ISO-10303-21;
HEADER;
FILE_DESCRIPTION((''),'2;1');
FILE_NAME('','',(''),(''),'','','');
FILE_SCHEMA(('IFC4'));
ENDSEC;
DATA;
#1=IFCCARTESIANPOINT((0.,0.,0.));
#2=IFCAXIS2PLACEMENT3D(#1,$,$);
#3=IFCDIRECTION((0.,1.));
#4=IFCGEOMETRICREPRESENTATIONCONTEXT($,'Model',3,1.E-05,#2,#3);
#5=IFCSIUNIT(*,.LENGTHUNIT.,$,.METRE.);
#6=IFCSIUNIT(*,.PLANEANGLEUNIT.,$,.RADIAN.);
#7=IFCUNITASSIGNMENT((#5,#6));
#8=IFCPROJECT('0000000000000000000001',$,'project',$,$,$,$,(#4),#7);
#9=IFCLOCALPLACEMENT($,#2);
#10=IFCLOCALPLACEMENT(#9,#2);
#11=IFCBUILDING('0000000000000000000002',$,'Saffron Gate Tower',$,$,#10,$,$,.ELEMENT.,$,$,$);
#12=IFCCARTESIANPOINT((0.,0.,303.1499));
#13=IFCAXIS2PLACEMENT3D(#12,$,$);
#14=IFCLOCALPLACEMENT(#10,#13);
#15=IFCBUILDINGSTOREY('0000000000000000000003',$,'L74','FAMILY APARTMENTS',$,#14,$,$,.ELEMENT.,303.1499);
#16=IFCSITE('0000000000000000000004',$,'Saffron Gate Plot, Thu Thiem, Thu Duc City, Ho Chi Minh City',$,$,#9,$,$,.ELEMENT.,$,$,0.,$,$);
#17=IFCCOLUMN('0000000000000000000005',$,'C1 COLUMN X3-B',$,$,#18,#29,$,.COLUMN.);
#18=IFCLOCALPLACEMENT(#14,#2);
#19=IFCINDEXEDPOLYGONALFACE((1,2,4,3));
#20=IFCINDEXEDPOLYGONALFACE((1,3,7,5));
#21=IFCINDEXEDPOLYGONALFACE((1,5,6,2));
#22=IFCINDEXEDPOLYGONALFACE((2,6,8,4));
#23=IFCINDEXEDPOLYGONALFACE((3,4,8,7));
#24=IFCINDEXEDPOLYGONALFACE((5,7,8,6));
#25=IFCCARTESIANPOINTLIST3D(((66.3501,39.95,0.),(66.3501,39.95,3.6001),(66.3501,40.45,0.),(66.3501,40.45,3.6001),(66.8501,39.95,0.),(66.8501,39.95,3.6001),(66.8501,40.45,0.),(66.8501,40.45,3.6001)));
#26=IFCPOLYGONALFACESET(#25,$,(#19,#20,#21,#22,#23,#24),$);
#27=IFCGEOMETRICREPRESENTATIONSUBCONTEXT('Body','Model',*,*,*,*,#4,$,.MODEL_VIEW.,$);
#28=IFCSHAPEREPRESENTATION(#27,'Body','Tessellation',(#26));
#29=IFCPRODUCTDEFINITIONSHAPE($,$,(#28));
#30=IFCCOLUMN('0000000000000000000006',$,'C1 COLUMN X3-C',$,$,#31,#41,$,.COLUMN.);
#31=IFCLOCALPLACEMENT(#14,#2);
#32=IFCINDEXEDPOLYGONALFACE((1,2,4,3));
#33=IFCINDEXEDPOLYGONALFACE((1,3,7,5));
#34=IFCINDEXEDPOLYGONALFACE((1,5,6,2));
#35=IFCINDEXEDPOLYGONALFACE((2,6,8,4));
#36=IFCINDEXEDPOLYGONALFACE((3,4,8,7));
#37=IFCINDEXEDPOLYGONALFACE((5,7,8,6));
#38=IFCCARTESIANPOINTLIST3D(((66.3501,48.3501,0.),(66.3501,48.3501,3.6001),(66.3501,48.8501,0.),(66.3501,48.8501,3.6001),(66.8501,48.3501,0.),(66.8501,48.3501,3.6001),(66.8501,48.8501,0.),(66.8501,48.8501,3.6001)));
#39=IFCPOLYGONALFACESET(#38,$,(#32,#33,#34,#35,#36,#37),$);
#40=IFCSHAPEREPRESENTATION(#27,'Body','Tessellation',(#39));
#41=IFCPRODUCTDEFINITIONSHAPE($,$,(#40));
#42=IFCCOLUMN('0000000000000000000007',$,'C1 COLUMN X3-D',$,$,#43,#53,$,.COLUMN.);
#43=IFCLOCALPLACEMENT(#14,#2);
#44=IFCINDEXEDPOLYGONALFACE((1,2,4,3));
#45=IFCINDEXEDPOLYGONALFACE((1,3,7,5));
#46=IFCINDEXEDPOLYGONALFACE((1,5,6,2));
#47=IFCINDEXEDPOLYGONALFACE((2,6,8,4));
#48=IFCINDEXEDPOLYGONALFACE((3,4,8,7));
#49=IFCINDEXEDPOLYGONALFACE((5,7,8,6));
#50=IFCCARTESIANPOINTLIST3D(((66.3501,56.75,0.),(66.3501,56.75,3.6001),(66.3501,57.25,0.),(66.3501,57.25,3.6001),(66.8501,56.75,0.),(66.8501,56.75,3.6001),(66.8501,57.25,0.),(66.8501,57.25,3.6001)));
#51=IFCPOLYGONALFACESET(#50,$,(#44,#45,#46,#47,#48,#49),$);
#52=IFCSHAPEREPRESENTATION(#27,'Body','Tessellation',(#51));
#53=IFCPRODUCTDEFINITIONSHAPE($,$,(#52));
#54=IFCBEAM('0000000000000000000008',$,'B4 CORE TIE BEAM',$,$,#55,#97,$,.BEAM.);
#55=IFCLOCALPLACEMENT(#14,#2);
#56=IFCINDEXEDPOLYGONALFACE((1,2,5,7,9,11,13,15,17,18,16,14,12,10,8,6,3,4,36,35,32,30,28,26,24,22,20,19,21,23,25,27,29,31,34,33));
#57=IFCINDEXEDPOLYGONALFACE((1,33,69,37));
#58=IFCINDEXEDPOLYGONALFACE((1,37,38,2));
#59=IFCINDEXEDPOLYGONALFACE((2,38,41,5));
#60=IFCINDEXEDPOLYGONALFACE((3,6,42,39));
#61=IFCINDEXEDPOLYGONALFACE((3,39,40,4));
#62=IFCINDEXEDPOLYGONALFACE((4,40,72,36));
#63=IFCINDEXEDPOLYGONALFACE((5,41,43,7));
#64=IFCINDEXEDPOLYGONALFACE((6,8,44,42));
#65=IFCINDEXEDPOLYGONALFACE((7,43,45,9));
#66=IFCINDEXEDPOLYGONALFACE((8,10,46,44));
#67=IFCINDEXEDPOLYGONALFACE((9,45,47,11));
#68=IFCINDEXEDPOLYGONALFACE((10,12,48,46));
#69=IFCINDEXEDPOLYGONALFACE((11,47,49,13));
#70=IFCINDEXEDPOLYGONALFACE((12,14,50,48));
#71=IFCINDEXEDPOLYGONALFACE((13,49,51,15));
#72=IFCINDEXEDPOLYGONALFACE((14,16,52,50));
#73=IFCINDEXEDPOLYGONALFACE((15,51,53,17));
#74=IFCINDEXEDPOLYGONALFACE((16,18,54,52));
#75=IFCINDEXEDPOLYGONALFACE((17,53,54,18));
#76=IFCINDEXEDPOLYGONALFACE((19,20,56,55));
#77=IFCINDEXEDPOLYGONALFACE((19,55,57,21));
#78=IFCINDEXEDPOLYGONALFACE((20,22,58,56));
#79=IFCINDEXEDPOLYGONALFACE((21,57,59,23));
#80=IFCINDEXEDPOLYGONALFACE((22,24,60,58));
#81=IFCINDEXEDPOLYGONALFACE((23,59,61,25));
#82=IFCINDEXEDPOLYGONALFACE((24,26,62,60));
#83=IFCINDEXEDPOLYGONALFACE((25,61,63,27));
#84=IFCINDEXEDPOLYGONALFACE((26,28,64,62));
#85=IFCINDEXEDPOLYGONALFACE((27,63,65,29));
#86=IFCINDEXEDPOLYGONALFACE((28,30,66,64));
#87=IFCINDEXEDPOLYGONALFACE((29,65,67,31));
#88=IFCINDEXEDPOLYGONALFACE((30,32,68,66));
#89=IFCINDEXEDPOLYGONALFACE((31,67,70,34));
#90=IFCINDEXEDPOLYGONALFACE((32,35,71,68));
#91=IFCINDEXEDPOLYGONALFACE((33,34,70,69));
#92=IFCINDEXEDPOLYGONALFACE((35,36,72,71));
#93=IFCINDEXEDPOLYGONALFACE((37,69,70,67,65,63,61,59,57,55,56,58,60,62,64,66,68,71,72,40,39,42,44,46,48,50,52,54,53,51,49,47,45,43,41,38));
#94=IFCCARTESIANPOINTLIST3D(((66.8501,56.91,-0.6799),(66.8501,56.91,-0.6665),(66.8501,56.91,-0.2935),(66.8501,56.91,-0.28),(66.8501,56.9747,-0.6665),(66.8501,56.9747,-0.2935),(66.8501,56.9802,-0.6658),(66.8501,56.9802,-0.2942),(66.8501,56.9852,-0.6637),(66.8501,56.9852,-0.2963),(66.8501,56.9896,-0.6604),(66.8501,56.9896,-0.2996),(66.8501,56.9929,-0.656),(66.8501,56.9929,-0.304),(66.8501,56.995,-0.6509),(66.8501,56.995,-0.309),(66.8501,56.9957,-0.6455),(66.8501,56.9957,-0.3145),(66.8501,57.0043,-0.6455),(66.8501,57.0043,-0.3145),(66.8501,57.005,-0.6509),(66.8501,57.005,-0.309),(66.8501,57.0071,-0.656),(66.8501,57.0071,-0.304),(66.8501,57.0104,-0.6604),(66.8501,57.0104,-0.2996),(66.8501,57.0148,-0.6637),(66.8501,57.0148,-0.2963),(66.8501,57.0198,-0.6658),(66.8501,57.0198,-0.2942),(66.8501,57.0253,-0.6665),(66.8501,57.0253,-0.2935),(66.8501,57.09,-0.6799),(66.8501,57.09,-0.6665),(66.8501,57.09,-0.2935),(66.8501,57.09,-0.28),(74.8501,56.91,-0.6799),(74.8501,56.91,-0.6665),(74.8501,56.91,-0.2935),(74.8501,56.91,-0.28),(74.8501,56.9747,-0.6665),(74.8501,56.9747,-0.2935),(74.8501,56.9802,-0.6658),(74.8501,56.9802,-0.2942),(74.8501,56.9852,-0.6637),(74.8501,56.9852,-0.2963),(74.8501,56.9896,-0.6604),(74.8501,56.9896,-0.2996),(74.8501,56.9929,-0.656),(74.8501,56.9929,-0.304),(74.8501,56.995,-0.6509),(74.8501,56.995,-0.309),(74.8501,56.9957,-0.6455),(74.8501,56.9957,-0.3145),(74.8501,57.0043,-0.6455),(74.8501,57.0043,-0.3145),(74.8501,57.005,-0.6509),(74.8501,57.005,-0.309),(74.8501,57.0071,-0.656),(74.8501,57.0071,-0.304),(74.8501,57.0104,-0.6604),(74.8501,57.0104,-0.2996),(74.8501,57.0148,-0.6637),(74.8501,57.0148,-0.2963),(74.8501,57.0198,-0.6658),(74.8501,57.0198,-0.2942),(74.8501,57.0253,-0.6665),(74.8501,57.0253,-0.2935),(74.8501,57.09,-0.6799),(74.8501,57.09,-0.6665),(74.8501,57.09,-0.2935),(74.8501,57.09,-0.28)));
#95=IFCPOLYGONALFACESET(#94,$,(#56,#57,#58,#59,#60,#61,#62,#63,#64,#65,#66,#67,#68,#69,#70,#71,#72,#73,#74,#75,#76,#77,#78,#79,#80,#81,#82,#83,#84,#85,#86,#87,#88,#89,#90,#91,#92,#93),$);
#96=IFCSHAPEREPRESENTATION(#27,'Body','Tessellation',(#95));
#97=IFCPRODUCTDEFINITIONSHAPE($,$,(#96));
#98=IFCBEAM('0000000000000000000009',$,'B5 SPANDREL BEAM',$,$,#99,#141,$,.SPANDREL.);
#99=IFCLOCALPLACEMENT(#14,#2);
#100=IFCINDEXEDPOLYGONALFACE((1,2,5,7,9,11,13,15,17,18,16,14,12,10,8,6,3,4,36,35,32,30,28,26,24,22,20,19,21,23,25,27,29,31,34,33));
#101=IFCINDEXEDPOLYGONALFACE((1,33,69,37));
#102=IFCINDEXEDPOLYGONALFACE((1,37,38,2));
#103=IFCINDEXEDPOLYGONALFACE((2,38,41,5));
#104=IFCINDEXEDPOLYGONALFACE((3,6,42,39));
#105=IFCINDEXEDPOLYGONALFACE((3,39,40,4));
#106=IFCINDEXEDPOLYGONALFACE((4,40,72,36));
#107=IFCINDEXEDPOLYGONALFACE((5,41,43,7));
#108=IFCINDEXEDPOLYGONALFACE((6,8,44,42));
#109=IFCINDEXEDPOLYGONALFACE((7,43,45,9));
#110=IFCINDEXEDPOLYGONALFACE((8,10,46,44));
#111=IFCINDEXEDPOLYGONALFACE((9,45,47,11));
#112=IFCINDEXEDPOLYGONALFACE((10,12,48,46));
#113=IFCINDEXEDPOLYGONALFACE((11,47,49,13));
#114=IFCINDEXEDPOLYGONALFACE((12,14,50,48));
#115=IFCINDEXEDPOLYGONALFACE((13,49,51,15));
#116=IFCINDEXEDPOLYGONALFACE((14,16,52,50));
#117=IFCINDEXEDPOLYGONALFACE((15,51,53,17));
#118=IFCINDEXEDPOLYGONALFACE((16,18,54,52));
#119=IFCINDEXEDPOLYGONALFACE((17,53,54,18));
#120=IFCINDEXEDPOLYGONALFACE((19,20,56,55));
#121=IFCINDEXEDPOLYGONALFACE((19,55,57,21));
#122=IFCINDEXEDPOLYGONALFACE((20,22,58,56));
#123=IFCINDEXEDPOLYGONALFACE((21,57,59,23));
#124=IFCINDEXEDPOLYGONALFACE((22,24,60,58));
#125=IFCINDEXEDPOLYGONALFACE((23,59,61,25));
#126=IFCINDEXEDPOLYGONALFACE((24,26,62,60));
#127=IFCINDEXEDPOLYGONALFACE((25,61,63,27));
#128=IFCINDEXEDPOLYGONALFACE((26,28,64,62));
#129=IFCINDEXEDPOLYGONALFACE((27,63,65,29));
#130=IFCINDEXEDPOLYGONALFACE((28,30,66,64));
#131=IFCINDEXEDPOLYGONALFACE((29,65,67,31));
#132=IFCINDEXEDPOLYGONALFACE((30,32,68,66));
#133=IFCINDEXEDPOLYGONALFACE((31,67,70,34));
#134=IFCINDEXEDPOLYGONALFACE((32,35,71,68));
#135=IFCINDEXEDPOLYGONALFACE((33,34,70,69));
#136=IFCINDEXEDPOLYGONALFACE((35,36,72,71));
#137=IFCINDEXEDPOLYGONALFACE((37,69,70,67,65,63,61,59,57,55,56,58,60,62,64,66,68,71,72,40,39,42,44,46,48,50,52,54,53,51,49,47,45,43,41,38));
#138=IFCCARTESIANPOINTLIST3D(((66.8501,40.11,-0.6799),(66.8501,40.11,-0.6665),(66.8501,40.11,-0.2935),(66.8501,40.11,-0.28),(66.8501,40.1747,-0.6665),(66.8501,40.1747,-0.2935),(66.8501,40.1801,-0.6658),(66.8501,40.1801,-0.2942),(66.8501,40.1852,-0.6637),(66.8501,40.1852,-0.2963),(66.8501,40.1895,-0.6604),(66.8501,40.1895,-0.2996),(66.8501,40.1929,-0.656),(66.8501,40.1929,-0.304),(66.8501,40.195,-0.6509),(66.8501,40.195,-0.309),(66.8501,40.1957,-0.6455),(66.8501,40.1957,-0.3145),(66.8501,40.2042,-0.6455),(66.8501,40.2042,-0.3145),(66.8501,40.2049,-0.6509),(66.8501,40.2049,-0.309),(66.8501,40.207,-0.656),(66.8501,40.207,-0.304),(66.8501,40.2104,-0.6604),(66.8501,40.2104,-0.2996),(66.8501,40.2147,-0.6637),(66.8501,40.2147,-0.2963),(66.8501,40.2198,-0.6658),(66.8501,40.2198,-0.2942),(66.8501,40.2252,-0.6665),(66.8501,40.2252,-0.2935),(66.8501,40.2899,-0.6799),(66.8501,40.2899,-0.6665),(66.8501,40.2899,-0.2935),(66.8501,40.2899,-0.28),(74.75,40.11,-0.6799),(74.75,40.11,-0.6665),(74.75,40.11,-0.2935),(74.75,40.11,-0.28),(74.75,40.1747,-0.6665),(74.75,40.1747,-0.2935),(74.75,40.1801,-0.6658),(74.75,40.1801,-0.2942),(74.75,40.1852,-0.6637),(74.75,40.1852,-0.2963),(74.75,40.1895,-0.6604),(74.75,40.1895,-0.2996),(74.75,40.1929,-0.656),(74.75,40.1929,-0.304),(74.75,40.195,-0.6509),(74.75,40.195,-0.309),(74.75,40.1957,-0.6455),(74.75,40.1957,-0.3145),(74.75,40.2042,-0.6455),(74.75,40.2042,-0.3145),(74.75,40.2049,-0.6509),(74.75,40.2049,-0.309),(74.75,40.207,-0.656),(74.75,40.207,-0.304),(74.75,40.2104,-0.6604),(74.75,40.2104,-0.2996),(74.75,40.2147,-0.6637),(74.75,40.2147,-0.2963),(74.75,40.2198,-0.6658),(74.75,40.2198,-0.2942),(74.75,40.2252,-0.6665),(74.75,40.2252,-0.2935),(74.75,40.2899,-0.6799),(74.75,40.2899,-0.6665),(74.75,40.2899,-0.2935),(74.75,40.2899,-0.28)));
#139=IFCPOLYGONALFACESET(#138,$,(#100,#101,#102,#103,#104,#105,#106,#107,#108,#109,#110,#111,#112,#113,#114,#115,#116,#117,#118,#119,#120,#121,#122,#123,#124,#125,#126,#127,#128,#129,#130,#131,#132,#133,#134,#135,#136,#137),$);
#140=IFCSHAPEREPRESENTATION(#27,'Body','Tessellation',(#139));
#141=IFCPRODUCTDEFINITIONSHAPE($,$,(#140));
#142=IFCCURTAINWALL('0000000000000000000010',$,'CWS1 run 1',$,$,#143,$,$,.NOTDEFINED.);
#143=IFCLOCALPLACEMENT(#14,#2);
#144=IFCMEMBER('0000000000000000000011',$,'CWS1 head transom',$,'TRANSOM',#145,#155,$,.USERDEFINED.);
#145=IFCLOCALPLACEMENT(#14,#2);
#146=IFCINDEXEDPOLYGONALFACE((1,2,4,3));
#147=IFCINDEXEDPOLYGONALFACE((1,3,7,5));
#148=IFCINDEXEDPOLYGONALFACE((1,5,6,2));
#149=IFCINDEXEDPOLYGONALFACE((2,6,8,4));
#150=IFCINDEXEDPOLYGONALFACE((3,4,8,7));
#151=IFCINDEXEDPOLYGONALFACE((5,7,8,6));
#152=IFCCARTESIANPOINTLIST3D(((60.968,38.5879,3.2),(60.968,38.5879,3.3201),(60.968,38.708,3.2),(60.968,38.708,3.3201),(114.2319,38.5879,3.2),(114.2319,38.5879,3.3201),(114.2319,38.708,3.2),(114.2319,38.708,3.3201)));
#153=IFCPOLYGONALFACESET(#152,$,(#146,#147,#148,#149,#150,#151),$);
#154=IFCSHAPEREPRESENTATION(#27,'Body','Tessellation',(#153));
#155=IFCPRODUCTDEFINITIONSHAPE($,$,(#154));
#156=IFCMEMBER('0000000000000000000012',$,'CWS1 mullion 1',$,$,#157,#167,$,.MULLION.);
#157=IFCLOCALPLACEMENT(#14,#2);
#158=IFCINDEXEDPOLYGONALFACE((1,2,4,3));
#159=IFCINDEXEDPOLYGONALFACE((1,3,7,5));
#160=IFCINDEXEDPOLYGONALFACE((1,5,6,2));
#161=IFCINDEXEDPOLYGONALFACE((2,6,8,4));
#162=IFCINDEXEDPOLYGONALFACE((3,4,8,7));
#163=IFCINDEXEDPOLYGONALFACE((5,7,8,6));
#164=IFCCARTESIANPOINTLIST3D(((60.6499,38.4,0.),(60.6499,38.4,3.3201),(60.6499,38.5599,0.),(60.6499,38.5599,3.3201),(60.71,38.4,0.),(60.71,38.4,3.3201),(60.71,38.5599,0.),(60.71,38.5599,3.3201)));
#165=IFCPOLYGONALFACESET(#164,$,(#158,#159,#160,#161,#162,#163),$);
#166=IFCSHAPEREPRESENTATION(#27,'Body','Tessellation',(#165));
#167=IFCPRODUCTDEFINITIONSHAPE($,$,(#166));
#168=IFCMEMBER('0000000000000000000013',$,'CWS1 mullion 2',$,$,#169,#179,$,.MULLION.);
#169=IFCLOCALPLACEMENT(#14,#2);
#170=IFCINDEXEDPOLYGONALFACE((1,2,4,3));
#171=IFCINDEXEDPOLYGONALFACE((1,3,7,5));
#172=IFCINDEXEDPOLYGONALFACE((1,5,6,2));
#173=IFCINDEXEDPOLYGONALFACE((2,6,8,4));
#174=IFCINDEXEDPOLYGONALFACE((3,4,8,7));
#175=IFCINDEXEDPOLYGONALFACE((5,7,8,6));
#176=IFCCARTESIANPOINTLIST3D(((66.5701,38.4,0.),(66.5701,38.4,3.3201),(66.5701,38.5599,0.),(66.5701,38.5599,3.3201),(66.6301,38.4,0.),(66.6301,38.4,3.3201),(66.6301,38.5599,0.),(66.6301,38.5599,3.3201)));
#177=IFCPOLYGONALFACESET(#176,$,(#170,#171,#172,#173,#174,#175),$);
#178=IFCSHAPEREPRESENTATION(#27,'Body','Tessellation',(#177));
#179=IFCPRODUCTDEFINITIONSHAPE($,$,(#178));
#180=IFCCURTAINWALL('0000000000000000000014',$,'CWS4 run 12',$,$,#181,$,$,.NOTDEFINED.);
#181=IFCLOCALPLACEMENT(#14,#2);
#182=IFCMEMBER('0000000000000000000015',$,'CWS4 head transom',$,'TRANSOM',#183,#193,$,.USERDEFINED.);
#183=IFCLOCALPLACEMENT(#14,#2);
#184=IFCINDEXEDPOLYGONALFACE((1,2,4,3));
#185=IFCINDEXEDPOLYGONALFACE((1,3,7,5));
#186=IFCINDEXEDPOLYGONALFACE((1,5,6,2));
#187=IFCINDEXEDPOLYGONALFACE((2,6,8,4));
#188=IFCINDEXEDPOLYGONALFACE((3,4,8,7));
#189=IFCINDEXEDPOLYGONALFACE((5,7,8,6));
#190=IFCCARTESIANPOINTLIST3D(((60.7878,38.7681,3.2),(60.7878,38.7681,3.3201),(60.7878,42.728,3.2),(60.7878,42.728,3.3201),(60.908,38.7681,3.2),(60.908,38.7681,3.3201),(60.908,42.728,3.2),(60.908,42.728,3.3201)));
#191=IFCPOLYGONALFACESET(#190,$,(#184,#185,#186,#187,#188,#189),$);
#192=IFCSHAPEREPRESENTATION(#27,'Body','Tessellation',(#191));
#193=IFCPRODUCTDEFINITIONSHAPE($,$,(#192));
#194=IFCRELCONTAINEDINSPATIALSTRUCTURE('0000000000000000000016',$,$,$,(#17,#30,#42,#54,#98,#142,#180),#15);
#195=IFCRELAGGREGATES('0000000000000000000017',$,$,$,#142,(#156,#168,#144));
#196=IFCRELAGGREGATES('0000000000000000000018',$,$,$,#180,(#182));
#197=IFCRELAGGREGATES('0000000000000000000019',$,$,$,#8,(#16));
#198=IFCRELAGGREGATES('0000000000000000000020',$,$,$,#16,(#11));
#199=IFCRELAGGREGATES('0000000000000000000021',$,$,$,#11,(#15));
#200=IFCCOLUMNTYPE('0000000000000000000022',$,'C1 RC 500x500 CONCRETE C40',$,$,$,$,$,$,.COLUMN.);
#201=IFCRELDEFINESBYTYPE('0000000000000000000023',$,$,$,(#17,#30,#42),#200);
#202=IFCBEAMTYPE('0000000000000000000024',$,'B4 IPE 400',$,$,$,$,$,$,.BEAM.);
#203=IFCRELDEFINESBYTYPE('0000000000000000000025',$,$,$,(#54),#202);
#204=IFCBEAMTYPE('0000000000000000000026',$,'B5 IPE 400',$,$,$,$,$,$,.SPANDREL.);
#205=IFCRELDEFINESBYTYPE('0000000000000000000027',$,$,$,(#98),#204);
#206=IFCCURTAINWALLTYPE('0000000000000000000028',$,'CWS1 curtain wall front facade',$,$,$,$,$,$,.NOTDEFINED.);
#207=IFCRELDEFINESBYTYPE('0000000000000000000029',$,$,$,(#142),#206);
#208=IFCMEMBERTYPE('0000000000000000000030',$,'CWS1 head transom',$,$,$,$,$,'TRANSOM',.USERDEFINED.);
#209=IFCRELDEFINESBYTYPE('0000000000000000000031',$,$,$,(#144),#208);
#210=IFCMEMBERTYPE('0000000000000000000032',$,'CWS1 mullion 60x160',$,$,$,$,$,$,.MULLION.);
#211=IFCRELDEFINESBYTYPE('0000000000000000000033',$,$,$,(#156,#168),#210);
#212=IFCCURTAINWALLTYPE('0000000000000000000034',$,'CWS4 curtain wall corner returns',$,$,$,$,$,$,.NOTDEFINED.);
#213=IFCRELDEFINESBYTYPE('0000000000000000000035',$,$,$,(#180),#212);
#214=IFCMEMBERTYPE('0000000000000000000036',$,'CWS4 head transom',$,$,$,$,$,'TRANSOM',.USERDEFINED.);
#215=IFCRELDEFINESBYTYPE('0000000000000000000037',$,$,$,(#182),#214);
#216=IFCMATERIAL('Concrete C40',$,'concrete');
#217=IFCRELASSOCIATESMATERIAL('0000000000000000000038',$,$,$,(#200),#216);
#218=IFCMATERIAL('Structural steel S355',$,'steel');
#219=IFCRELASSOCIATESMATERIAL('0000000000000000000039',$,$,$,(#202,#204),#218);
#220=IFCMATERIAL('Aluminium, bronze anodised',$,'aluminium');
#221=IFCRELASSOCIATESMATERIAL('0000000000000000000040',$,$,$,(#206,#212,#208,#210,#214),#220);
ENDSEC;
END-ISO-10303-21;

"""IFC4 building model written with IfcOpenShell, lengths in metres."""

from ifc_helpers import new_model, si_unit, direction, frame, origin, origin_2d, place, context, subcontext, project, spatial, rectangle, i_section, extrude, material, material_profile, profile_set, type_object, element, aggregate, save


model = new_model("IFC4")

# Units and contexts
model_context = context("Model", 3, precision=1e-05, world=origin(), true_north=direction((0.0, 1.0)))
body_context = subcontext(model_context, "Body", "Model", "MODEL_VIEW")
ifc_project = project(units=[si_unit("LENGTHUNIT", "METRE"), si_unit("PLANEANGLEUNIT", "RADIAN")], contexts=[model_context])

# Site, building, storey
site_placement = place(None, origin())
site = spatial("IfcSite", under=ifc_project, at=site_placement, Name="Saffron Gate Plot, Thu Thiem, Thu Duc City, Ho Chi Minh City", CompositionType="ELEMENT", RefElevation=0.0)
building_placement = place(site_placement, origin())
building = spatial("IfcBuilding", under=site, at=building_placement, Name="Saffron Gate Tower", CompositionType="ELEMENT")
storey_placement = place(building_placement, frame((0.0, 0.0, 303.1499)))
storey = spatial("IfcBuildingStorey", under=building, at=storey_placement, Name="L74", Description="FAMILY APARTMENTS", CompositionType="ELEMENT", Elevation=303.1499)

# Columns
ifc_material_1 = material(Name="Concrete C40", Category="concrete")
ifc_material_profile_1 = material_profile(ifc_material_1, rectangle(XDim=0.5, YDim=0.5, at=origin_2d()))
ifc_profile_set_1 = profile_set([ifc_material_profile_1], Name="Concrete C40")
column_type = type_object("IfcColumnType", Name="C1 RC 500x500 CONCRETE C40", PredefinedType="COLUMN", material=ifc_profile_set_1)
for number, where, z_axis, x_axis, name in (
    (1, (66.6001, 40.2, 0.0), (0.0, 0.0, 1.0), (1.0, 0.0, 0.0), "C1 COLUMN X3-B"),
    (2, (66.6001, 48.6001, 0.0), (0.0, 0.0, 1.0), (1.0, 0.0, 0.0), "C1 COLUMN X3-C"),
    (3, (66.6001, 57.0, 0.0), (0.0, 0.0, 1.0), (1.0, 0.0, 0.0), "C1 COLUMN X3-D"),
):
    element("IfcColumn", number, at=place(storey_placement, frame(where, z_axis=z_axis, x_axis=x_axis)), inside=storey, type_object=column_type, Name=name, PredefinedType="COLUMN", context=body_context, shape_type="SweptSolid", body=[
        extrude(rectangle(XDim=0.5, YDim=0.5, at=origin_2d()), origin(), (0.0, 0.0, 1.0), 3.6001),
    ])

# Beams
ifc_material_2 = material(Name="Structural steel S355", Category="steel")
ifc_material_profile_2 = material_profile(ifc_material_2, i_section(OverallWidth=0.1799, OverallDepth=0.3999, WebThickness=0.0085, FlangeThickness=0.0134, FilletRadius=0.021, at=origin_2d()))
ifc_profile_set_2 = profile_set([ifc_material_profile_2], Name="Structural steel S355")
beam_type_1 = type_object("IfcBeamType", Name="B4 IPE 400", PredefinedType="BEAM", material=ifc_profile_set_2)
beam_1_placement = place(storey_placement, frame((66.8501, 57.0, -0.48), z_axis=(1.0, 0.0, 0.0), x_axis=(0.0, 1.0, 0.0)))
element("IfcBeam", 4, at=beam_1_placement, inside=storey, type_object=beam_type_1, Name="B4 CORE TIE BEAM", PredefinedType="BEAM", context=body_context, shape_type="SweptSolid", body=[
    extrude(i_section(OverallWidth=0.1799, OverallDepth=0.3999, WebThickness=0.0085, FlangeThickness=0.0134, FilletRadius=0.021, at=origin_2d()), origin(), (0.0, 0.0, 1.0), 8.0),
])
ifc_material_profile_3 = material_profile(ifc_material_2, i_section(OverallWidth=0.1799, OverallDepth=0.3999, WebThickness=0.0085, FlangeThickness=0.0134, FilletRadius=0.021, at=origin_2d()))
ifc_profile_set_3 = profile_set([ifc_material_profile_3], Name="Structural steel S355")
beam_type_2 = type_object("IfcBeamType", Name="B5 IPE 400", PredefinedType="SPANDREL", material=ifc_profile_set_3)
beam_2_placement = place(storey_placement, frame((66.8501, 40.2, -0.48), z_axis=(1.0, 0.0, 0.0), x_axis=(0.0, 1.0, 0.0)))
element("IfcBeam", 5, at=beam_2_placement, inside=storey, type_object=beam_type_2, Name="B5 SPANDREL BEAM", PredefinedType="SPANDREL", context=body_context, shape_type="SweptSolid", body=[
    extrude(i_section(OverallWidth=0.1799, OverallDepth=0.3999, WebThickness=0.0085, FlangeThickness=0.0134, FilletRadius=0.021, at=origin_2d()), origin(), (0.0, 0.0, 1.0), 7.8999),
])

# Curtain walls, members
ifc_material_3 = material(Name="Aluminium, bronze anodised", Category="aluminium")
curtain_wall_type_1 = type_object("IfcCurtainWallType", Name="CWS1 curtain wall front facade", PredefinedType="NOTDEFINED", material=ifc_material_3)
curtain_wall_1_placement = place(storey_placement, origin())
curtain_wall_1 = element("IfcCurtainWall", 6, at=curtain_wall_1_placement, inside=storey, type_object=curtain_wall_type_1, Name="CWS1 run 1", PredefinedType="NOTDEFINED")
ifc_material_profile_4 = material_profile(ifc_material_3, rectangle(XDim=0.1201, YDim=0.1201, at=origin_2d()))
ifc_profile_set_4 = profile_set([ifc_material_profile_4], Name="Aluminium, bronze anodised")
member_type_1 = type_object("IfcMemberType", Name="CWS1 head transom", ElementType="TRANSOM", PredefinedType="USERDEFINED", material=ifc_profile_set_4)
member_1_placement = place(storey_placement, frame((60.968, 38.6479, 3.26), z_axis=(1.0, 0.0, 0.0), x_axis=(0.0, 1.0, 0.0)))
member_1 = element("IfcMember", 7, at=member_1_placement, type_object=member_type_1, Name="CWS1 head transom", ObjectType="TRANSOM", PredefinedType="USERDEFINED", context=body_context, shape_type="SweptSolid", body=[
    extrude(rectangle(XDim=0.1201, YDim=0.1201, at=origin_2d()), origin(), (0.0, 0.0, 1.0), 53.2639),
])
ifc_material_profile_5 = material_profile(ifc_material_3, rectangle(XDim=0.1599, YDim=0.0601, at=origin_2d()))
ifc_profile_set_5 = profile_set([ifc_material_profile_5], Name="Aluminium, bronze anodised")
member_type_2 = type_object("IfcMemberType", Name="CWS1 mullion 60x160", PredefinedType="MULLION", material=ifc_profile_set_5)
member_2_placement = place(storey_placement, frame((60.6799, 38.48, 0.0), z_axis=(0.0, 0.0, 1.0), x_axis=(0.0, 1.0, 0.0)))
member_2 = element("IfcMember", 8, at=member_2_placement, type_object=member_type_2, Name="CWS1 mullion 1", PredefinedType="MULLION", context=body_context, shape_type="SweptSolid", body=[
    extrude(rectangle(XDim=0.1599, YDim=0.0601, at=origin_2d()), origin(), (0.0, 0.0, 1.0), 3.3201),
])
member_3_placement = place(storey_placement, frame((66.6001, 38.48, 0.0), z_axis=(0.0, 0.0, 1.0), x_axis=(0.0, 1.0, 0.0)))
member_3 = element("IfcMember", 9, at=member_3_placement, type_object=member_type_2, Name="CWS1 mullion 2", PredefinedType="MULLION", context=body_context, shape_type="SweptSolid", body=[
    extrude(rectangle(XDim=0.1599, YDim=0.0601, at=origin_2d()), origin(), (0.0, 0.0, 1.0), 3.3201),
])
curtain_wall_type_2 = type_object("IfcCurtainWallType", Name="CWS4 curtain wall corner returns", PredefinedType="NOTDEFINED", material=ifc_material_3)
curtain_wall_2_placement = place(storey_placement, origin())
curtain_wall_2 = element("IfcCurtainWall", 10, at=curtain_wall_2_placement, inside=storey, type_object=curtain_wall_type_2, Name="CWS4 run 12", PredefinedType="NOTDEFINED")
ifc_material_profile_6 = material_profile(ifc_material_3, rectangle(XDim=0.1201, YDim=0.1201, at=origin_2d()))
ifc_profile_set_6 = profile_set([ifc_material_profile_6], Name="Aluminium, bronze anodised")
member_type_3 = type_object("IfcMemberType", Name="CWS4 head transom", ElementType="TRANSOM", PredefinedType="USERDEFINED", material=ifc_profile_set_6)
member_4_placement = place(storey_placement, frame((60.8479, 42.728, 3.26), z_axis=(0.0, -1.0, 0.0), x_axis=(1.0, 0.0, 0.0)))
member_4 = element("IfcMember", 11, at=member_4_placement, type_object=member_type_3, Name="CWS4 head transom", ObjectType="TRANSOM", PredefinedType="USERDEFINED", context=body_context, shape_type="SweptSolid", body=[
    extrude(rectangle(XDim=0.1201, YDim=0.1201, at=origin_2d()), origin(), (0.0, 0.0, 1.0), 3.96),
])

aggregate(curtain_wall_1, [member_2, member_3, member_1])

aggregate(curtain_wall_2, [member_4])

save(model, "model.ifc")
